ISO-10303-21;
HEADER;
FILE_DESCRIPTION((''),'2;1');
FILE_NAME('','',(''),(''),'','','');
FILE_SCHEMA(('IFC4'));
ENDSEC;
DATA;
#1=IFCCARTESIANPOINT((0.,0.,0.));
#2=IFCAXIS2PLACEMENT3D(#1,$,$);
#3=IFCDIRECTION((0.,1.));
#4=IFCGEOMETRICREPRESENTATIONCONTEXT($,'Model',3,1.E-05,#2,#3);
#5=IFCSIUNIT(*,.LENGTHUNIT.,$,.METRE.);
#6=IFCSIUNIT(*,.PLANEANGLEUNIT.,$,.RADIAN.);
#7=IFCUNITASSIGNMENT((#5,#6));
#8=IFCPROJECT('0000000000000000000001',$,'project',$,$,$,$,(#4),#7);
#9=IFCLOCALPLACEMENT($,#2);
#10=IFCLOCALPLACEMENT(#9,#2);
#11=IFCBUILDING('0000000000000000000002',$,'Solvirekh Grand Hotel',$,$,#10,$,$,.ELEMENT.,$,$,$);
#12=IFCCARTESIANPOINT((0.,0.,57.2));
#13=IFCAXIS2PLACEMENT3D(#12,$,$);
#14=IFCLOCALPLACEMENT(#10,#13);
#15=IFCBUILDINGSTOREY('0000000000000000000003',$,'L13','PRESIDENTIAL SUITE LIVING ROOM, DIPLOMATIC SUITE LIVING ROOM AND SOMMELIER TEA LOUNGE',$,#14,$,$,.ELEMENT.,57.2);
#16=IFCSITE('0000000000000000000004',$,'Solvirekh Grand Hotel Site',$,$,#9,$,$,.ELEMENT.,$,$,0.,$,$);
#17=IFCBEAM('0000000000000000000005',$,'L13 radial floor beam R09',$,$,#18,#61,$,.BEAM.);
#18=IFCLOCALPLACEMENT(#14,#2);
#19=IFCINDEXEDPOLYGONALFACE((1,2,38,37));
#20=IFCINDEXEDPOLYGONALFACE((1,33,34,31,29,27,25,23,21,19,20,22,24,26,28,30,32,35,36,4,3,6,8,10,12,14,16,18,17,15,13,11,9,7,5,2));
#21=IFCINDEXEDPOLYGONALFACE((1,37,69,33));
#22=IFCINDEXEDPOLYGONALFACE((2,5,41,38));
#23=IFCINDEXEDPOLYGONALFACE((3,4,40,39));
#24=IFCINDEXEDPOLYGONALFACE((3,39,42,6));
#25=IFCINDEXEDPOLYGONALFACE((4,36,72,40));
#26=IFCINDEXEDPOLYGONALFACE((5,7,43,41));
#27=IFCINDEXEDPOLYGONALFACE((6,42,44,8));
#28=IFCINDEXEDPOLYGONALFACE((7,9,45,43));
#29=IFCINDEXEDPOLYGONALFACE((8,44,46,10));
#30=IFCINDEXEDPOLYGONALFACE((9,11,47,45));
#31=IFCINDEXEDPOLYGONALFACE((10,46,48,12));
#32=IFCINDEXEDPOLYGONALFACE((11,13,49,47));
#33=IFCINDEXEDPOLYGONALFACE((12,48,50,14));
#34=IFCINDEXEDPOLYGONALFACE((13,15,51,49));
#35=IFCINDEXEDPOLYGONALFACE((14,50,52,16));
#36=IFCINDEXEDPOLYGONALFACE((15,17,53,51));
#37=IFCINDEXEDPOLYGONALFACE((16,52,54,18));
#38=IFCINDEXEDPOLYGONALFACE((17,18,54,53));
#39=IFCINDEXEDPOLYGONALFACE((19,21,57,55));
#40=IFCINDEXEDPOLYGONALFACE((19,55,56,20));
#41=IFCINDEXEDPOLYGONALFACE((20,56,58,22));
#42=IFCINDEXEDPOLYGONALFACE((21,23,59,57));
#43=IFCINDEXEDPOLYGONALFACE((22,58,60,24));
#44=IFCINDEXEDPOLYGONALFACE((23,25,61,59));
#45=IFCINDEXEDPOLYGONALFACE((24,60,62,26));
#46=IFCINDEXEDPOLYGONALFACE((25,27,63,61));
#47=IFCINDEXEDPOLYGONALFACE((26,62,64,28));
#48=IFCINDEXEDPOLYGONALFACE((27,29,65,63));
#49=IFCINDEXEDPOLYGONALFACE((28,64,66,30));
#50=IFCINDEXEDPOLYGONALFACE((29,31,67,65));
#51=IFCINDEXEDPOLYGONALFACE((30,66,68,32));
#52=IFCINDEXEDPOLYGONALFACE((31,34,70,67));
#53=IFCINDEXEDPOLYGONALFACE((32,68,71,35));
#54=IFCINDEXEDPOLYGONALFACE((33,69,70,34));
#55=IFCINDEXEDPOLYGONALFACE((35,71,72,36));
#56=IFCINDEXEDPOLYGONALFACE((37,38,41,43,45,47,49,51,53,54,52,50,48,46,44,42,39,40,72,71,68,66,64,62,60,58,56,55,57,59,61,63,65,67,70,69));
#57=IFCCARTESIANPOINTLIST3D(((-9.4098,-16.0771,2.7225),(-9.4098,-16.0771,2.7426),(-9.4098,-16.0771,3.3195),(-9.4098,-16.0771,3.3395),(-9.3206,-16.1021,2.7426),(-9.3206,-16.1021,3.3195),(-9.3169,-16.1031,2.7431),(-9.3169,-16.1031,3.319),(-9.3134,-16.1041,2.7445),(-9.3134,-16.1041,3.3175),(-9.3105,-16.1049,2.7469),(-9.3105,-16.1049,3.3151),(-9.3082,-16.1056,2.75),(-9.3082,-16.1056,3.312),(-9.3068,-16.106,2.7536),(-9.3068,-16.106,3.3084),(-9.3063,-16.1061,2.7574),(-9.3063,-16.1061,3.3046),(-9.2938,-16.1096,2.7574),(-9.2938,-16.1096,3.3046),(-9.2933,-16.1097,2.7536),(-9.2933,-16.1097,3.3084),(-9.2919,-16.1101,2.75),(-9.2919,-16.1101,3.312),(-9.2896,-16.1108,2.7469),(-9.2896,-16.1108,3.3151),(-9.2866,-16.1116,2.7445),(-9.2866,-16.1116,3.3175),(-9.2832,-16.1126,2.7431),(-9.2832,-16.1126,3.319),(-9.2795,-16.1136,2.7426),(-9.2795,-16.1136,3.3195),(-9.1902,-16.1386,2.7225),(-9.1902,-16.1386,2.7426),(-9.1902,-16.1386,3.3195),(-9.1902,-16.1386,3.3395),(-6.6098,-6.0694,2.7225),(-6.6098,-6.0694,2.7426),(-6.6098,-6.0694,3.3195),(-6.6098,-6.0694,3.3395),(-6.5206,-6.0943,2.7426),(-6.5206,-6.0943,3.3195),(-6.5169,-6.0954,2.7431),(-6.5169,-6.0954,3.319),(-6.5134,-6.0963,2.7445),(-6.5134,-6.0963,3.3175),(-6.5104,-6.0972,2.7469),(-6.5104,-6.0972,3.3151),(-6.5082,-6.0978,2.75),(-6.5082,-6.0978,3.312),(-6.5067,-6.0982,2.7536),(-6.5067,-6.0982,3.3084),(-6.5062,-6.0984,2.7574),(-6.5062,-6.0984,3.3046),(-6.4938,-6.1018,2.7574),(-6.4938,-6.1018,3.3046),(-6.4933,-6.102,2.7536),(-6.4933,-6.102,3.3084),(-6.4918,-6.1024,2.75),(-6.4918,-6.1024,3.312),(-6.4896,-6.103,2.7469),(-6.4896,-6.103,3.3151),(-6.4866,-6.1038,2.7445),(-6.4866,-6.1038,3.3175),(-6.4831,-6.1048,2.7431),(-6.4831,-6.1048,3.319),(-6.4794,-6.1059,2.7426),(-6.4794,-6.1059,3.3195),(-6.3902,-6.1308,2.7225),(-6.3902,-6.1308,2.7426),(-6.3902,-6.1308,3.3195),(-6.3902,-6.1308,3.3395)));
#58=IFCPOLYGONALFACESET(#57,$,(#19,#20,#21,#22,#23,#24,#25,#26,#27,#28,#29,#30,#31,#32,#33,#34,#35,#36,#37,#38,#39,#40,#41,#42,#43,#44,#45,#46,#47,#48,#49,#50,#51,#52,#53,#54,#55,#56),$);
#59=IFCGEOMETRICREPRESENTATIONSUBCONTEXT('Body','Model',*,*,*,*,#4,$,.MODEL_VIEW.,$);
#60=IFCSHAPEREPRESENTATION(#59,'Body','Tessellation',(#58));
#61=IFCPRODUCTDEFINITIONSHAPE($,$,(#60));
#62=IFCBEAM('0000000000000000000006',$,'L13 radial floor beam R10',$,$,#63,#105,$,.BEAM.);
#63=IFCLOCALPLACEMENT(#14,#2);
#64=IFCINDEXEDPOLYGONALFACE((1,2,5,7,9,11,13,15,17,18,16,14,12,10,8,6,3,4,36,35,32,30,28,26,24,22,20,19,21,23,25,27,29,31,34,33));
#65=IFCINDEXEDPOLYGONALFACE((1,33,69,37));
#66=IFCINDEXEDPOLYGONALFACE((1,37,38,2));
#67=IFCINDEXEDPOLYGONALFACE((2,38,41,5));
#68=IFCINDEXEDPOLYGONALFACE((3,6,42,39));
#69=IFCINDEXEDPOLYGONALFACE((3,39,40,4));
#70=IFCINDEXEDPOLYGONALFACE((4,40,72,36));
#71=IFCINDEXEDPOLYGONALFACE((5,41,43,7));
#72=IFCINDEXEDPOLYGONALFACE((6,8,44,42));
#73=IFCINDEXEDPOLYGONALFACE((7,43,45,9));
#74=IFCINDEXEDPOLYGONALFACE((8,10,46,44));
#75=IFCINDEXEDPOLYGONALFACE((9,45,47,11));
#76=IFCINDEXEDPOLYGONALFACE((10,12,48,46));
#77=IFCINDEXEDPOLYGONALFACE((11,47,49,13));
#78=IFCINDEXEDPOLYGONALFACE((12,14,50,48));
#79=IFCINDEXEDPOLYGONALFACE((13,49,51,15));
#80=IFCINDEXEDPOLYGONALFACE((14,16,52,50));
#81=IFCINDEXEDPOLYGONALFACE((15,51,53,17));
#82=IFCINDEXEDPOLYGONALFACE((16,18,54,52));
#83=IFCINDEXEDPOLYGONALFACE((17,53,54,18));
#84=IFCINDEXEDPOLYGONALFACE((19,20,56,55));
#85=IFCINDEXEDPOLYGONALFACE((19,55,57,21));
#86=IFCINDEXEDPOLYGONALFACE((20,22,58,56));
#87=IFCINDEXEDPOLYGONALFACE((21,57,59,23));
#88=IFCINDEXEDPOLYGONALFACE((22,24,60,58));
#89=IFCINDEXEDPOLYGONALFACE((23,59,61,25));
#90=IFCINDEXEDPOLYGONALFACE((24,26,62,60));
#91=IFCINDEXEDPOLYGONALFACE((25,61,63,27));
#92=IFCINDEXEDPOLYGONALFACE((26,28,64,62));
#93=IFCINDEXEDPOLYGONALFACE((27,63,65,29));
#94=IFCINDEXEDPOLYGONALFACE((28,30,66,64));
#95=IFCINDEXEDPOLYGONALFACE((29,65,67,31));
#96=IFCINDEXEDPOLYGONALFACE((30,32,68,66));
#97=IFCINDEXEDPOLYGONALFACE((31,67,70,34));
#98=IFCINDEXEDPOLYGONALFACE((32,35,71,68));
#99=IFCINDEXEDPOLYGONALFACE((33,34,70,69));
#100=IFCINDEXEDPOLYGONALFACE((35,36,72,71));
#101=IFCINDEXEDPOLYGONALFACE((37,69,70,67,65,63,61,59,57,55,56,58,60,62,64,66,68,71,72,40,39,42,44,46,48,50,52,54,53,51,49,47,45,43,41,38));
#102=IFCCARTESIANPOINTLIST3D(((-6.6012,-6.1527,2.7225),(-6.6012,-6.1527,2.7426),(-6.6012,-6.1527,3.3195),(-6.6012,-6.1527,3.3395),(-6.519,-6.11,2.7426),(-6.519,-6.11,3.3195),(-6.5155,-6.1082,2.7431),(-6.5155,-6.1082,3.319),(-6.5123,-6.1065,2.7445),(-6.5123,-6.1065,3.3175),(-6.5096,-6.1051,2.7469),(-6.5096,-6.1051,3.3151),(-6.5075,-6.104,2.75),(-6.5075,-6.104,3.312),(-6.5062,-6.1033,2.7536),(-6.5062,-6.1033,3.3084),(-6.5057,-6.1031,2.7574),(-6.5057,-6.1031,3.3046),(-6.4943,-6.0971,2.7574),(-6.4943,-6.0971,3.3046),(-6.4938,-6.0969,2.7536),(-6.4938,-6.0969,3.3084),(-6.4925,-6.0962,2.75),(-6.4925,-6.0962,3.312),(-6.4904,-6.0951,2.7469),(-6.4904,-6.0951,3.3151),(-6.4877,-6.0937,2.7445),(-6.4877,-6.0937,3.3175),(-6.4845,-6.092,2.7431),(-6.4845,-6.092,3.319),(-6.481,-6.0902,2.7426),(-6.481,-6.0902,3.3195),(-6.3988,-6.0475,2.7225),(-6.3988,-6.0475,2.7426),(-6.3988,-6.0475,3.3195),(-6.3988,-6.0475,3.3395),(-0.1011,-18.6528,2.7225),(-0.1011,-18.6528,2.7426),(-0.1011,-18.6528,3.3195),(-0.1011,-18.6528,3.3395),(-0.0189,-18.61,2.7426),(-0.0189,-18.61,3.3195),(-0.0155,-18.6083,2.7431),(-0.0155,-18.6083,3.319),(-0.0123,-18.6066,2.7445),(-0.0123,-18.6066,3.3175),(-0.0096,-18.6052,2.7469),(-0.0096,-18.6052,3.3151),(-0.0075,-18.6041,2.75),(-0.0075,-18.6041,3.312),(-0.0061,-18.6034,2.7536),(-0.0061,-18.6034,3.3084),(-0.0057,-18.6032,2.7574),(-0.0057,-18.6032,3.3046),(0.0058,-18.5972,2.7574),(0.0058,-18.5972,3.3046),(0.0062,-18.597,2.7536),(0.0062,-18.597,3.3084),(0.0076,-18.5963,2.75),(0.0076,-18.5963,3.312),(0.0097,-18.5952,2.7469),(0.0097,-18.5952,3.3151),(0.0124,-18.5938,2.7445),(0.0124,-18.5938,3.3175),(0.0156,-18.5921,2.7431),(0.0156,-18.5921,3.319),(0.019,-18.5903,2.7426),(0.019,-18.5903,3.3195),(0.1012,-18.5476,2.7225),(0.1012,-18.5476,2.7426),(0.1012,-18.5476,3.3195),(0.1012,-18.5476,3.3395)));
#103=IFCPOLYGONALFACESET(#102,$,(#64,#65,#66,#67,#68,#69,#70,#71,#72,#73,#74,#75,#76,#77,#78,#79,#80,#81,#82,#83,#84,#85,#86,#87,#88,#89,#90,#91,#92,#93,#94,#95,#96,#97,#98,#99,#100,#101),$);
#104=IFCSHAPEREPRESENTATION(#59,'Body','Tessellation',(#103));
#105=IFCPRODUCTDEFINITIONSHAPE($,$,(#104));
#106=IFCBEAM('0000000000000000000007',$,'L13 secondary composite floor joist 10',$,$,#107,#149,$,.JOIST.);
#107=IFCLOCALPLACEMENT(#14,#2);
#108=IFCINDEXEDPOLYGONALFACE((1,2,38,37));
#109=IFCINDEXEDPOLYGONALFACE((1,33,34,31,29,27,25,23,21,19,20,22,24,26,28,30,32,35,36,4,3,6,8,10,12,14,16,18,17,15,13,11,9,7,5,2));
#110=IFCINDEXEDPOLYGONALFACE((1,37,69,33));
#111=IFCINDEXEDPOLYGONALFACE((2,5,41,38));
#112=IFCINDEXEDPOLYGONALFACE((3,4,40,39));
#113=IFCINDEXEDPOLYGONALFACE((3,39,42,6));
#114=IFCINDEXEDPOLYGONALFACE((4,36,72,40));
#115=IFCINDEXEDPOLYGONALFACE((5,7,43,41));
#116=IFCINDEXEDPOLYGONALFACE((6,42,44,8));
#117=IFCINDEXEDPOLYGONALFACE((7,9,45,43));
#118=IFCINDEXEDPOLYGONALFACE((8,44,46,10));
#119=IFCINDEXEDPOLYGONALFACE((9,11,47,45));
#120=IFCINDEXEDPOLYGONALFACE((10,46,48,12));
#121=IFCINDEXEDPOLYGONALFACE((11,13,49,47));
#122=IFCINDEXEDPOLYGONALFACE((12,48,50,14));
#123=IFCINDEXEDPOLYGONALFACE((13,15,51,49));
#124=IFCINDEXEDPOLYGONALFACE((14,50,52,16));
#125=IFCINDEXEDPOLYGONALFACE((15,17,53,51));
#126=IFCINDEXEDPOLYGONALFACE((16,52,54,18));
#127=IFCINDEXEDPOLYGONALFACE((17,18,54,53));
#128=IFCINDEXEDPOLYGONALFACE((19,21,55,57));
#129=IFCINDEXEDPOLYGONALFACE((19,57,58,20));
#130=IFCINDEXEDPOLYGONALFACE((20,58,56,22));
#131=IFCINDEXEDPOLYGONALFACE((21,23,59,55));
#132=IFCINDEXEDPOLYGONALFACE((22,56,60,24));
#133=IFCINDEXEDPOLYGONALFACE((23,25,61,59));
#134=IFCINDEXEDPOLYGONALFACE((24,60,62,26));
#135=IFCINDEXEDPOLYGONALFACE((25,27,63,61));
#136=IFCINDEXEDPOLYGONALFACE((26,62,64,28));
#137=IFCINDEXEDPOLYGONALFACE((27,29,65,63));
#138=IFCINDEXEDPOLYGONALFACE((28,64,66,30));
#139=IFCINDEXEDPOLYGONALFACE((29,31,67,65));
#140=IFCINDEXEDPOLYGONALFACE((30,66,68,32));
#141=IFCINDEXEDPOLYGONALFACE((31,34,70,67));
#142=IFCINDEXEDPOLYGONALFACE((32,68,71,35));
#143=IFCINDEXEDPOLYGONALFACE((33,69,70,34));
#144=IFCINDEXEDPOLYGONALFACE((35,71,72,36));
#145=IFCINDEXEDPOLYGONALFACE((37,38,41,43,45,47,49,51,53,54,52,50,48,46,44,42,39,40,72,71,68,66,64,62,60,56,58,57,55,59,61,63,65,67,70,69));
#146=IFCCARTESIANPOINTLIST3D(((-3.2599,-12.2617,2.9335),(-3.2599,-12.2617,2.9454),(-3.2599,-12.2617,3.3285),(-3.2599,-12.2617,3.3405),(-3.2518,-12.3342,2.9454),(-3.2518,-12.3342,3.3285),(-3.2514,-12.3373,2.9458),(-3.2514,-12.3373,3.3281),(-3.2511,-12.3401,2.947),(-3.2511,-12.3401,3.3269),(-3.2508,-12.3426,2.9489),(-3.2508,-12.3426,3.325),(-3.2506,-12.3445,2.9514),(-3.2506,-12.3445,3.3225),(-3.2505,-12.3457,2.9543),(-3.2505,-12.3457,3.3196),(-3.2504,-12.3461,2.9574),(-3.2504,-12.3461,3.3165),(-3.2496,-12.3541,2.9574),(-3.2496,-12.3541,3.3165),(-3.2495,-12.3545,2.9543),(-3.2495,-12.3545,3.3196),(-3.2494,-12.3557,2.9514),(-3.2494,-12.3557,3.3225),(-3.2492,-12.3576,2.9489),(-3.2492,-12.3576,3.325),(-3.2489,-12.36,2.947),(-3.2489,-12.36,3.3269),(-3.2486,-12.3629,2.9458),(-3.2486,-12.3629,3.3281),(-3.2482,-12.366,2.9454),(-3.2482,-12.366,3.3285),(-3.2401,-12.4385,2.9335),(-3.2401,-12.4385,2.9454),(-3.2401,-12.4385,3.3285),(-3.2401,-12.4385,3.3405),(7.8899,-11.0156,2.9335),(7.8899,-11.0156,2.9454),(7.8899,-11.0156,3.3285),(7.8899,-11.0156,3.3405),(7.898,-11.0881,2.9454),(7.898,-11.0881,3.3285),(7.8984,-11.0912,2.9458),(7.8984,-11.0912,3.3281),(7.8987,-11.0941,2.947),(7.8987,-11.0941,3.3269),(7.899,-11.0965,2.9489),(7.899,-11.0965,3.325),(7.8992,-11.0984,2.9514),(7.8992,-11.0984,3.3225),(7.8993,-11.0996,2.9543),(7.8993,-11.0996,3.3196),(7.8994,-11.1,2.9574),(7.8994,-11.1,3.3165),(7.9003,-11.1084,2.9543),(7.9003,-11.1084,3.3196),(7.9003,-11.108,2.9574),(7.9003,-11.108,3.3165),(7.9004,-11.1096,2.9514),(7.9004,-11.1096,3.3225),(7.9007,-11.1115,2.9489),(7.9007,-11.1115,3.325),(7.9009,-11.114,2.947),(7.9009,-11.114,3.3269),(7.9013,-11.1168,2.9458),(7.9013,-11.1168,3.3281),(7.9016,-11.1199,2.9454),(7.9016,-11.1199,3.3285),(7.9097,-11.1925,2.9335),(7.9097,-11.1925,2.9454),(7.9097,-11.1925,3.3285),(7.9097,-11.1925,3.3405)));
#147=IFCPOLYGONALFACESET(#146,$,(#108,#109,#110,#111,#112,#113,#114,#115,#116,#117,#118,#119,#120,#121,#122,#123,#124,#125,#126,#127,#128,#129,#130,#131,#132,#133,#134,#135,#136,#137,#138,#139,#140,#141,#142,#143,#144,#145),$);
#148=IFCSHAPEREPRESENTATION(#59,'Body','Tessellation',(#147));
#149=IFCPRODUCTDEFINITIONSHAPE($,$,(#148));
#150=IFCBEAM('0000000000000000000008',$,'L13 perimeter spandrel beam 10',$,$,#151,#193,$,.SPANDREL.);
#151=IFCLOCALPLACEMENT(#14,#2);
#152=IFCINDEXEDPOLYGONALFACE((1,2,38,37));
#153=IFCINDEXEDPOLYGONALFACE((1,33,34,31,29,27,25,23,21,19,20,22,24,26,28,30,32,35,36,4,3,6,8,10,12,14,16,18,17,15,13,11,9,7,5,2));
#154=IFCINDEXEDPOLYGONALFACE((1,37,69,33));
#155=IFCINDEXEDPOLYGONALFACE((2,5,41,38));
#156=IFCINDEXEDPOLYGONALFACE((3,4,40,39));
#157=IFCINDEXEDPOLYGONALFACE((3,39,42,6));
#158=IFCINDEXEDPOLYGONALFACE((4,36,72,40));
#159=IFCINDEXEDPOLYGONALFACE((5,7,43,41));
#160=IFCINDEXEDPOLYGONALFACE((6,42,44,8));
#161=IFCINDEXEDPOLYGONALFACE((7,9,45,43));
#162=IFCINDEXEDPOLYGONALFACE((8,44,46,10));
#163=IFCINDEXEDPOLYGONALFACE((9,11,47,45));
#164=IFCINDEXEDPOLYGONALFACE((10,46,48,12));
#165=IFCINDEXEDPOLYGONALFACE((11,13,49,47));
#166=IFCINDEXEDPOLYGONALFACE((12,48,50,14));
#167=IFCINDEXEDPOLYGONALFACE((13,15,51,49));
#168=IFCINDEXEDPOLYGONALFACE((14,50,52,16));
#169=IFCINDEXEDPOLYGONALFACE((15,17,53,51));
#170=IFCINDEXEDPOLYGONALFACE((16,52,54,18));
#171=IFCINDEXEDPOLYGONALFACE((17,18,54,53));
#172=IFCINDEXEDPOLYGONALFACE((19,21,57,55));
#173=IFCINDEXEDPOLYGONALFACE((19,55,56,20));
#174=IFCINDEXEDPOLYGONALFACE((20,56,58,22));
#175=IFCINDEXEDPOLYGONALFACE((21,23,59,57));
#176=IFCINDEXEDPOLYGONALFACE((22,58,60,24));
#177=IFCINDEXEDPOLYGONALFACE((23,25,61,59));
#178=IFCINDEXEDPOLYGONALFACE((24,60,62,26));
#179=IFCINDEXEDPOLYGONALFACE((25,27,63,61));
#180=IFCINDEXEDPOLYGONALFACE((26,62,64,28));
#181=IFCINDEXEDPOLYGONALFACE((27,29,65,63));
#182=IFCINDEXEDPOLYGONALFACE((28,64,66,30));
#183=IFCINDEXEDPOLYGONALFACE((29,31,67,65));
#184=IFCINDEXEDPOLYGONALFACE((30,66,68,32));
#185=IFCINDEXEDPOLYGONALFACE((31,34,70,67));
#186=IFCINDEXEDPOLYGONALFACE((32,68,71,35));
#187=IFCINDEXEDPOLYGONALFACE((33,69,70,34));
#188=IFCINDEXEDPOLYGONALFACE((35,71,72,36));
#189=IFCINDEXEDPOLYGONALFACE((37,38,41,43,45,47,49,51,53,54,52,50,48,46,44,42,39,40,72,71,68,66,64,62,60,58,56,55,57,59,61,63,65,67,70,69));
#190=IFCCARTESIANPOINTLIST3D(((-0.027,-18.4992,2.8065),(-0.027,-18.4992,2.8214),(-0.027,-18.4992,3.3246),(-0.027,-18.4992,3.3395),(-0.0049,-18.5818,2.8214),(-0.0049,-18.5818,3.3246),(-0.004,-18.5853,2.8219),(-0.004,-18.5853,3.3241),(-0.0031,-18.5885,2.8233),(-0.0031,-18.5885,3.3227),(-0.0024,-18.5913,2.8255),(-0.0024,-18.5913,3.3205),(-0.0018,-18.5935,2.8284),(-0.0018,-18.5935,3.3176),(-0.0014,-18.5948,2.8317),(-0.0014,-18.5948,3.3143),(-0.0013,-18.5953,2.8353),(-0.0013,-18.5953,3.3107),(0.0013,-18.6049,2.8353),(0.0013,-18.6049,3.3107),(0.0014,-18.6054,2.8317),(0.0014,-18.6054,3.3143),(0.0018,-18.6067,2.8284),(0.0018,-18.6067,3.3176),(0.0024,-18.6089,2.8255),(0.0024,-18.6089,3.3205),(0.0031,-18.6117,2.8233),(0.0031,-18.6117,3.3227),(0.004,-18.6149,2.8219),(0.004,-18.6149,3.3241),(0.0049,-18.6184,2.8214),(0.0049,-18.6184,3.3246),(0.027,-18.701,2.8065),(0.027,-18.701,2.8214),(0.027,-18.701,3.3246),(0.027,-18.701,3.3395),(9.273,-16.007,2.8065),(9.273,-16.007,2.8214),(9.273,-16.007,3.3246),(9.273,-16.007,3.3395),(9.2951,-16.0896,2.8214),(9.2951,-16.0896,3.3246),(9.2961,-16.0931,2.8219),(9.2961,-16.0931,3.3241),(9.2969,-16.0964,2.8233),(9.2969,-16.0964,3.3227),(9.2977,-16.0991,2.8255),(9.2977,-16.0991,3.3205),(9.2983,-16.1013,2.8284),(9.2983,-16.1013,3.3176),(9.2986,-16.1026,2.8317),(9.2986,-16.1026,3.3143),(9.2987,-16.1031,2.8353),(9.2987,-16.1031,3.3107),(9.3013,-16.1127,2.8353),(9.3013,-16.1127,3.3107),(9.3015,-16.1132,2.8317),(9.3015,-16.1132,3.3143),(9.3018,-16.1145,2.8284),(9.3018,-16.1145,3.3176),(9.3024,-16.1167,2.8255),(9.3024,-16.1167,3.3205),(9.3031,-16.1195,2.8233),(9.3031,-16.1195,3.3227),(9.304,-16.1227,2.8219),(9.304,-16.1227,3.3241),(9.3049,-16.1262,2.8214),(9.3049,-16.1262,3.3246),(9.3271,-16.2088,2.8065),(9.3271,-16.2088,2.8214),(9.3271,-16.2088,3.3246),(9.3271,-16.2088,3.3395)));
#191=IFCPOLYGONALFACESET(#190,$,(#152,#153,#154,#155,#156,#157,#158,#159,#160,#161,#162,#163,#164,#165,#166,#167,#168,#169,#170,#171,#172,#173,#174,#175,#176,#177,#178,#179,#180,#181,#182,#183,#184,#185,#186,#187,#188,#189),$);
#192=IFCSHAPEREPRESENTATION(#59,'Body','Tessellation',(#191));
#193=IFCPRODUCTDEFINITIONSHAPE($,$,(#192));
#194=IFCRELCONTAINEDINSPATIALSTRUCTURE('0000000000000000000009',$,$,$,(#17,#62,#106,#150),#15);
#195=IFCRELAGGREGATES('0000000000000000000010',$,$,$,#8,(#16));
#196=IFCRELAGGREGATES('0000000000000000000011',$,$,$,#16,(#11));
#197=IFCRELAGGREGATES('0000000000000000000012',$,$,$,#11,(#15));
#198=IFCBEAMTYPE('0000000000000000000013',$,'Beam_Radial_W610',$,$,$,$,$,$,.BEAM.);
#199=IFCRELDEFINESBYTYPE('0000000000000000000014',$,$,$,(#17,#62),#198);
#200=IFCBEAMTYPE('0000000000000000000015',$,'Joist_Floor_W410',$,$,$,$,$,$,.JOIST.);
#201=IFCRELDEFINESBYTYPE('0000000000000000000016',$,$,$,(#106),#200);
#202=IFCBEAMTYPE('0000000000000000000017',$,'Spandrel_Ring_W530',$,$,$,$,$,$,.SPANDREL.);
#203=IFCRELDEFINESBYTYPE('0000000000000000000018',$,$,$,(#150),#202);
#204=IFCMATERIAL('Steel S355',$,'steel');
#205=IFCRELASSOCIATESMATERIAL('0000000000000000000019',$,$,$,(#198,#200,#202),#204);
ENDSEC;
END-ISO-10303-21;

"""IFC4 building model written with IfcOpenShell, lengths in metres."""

from ifc_helpers import new_model, si_unit, direction, frame, origin, origin_2d, place, context, subcontext, project, spatial, i_section, extrude, material, material_profile, profile_set, type_object, element, save


model = new_model("IFC4")

# Units and contexts
model_context = context("Model", 3, precision=1e-05, world=origin(), true_north=direction((0.0, 1.0)))
body_context = subcontext(model_context, "Body", "Model", "MODEL_VIEW")
ifc_project = project(units=[si_unit("LENGTHUNIT", "METRE"), si_unit("PLANEANGLEUNIT", "RADIAN")], contexts=[model_context])

# Site, building, storey
site_placement = place(None, origin())
site = spatial("IfcSite", under=ifc_project, at=site_placement, Name="Solvirekh Grand Hotel Site", CompositionType="ELEMENT", RefElevation=0.0)
building_placement = place(site_placement, origin())
building = spatial("IfcBuilding", under=site, at=building_placement, Name="Solvirekh Grand Hotel", CompositionType="ELEMENT")
storey_placement = place(building_placement, frame((0.0, 0.0, 57.2)))
storey = spatial("IfcBuildingStorey", under=building, at=storey_placement, Name="L13", Description="PRESIDENTIAL SUITE LIVING ROOM, DIPLOMATIC SUITE LIVING ROOM AND SOMMELIER TEA LOUNGE", CompositionType="ELEMENT", Elevation=57.2)

# Beams
ifc_material_1 = material(Name="Steel S355", Category="steel")
ifc_material_profile_1 = material_profile(ifc_material_1, i_section(OverallWidth=0.228, OverallDepth=0.6169, WebThickness=0.0129, FlangeThickness=0.02, FilletRadius=0.0149, at=origin_2d()), Name="W610X140")
ifc_profile_set_1 = profile_set([ifc_material_profile_1], Name="Steel S355")
beam_type_1 = type_object("IfcBeamType", Name="Beam_Radial_W610", PredefinedType="BEAM", material=ifc_profile_set_1)
beam_1_placement = place(storey_placement, frame((-6.5, -6.1001, 3.031), z_axis=(-0.269439, -0.963017, 0.0), x_axis=(0.963017, -0.269439, 0.0)))
element("IfcBeam", 1, at=beam_1_placement, inside=storey, type_object=beam_type_1, Name="L13 radial floor beam R09", PredefinedType="BEAM", context=body_context, shape_type="SweptSolid", body=[
    extrude(i_section(OverallWidth=0.228, OverallDepth=0.6169, WebThickness=0.0129, FlangeThickness=0.02, FilletRadius=0.0149, at=origin_2d()), origin(), (0.0, 0.0, 1.0), 10.3921),
])
beam_2_placement = place(storey_placement, frame((-6.5, -6.1001, 3.031), z_axis=(0.461353, -0.887217, 0.0), x_axis=(0.887217, 0.461353, 0.0)))
element("IfcBeam", 2, at=beam_2_placement, inside=storey, type_object=beam_type_1, Name="L13 radial floor beam R10", PredefinedType="BEAM", context=body_context, shape_type="SweptSolid", body=[
    extrude(i_section(OverallWidth=0.228, OverallDepth=0.6169, WebThickness=0.0129, FlangeThickness=0.02, FilletRadius=0.0149, at=origin_2d()), origin(), (0.0, 0.0, 1.0), 14.0891),
])
ifc_material_profile_2 = material_profile(ifc_material_1, i_section(OverallWidth=0.178, OverallDepth=0.407, WebThickness=0.0081, FlangeThickness=0.012, FilletRadius=0.012, at=origin_2d()), Name="W410X60")
ifc_profile_set_2 = profile_set([ifc_material_profile_2], Name="Steel S355")
beam_type_2 = type_object("IfcBeamType", Name="Joist_Floor_W410", PredefinedType="JOIST", material=ifc_profile_set_2)
beam_3_placement = place(storey_placement, frame((-3.25, -12.3501, 3.137), z_axis=(0.993813, 0.111067, 0.0), x_axis=(-0.111067, 0.993813, 0.0)))
element("IfcBeam", 3, at=beam_3_placement, inside=storey, type_object=beam_type_2, Name="L13 secondary composite floor joist 10", PredefinedType="JOIST", context=body_context, shape_type="SweptSolid", body=[
    extrude(i_section(OverallWidth=0.178, OverallDepth=0.407, WebThickness=0.0081, FlangeThickness=0.012, FilletRadius=0.012, at=origin_2d()), origin(), (0.0, 0.0, 1.0), 11.2192),
])
ifc_material_profile_3 = material_profile(ifc_material_1, i_section(OverallWidth=0.209, OverallDepth=0.533, WebThickness=0.01, FlangeThickness=0.0149, FilletRadius=0.0139, at=origin_2d()), Name="W530X92")
ifc_profile_set_3 = profile_set([ifc_material_profile_3], Name="Steel S355")
beam_type_3 = type_object("IfcBeamType", Name="Spandrel_Ring_W530", PredefinedType="SPANDREL", material=ifc_profile_set_3)
beam_4_placement = place(storey_placement, frame((0.0, -18.6001, 3.073), z_axis=(0.965919, 0.258843, 0.0), x_axis=(-0.258843, 0.965919, 0.0)))
element("IfcBeam", 4, at=beam_4_placement, inside=storey, type_object=beam_type_3, Name="L13 perimeter spandrel beam 10", PredefinedType="SPANDREL", context=body_context, shape_type="SweptSolid", body=[
    extrude(i_section(OverallWidth=0.209, OverallDepth=0.533, WebThickness=0.01, FlangeThickness=0.0149, FilletRadius=0.0139, at=origin_2d()), origin(), (0.0, 0.0, 1.0), 9.6282),
])

save(model, "model.ifc")
